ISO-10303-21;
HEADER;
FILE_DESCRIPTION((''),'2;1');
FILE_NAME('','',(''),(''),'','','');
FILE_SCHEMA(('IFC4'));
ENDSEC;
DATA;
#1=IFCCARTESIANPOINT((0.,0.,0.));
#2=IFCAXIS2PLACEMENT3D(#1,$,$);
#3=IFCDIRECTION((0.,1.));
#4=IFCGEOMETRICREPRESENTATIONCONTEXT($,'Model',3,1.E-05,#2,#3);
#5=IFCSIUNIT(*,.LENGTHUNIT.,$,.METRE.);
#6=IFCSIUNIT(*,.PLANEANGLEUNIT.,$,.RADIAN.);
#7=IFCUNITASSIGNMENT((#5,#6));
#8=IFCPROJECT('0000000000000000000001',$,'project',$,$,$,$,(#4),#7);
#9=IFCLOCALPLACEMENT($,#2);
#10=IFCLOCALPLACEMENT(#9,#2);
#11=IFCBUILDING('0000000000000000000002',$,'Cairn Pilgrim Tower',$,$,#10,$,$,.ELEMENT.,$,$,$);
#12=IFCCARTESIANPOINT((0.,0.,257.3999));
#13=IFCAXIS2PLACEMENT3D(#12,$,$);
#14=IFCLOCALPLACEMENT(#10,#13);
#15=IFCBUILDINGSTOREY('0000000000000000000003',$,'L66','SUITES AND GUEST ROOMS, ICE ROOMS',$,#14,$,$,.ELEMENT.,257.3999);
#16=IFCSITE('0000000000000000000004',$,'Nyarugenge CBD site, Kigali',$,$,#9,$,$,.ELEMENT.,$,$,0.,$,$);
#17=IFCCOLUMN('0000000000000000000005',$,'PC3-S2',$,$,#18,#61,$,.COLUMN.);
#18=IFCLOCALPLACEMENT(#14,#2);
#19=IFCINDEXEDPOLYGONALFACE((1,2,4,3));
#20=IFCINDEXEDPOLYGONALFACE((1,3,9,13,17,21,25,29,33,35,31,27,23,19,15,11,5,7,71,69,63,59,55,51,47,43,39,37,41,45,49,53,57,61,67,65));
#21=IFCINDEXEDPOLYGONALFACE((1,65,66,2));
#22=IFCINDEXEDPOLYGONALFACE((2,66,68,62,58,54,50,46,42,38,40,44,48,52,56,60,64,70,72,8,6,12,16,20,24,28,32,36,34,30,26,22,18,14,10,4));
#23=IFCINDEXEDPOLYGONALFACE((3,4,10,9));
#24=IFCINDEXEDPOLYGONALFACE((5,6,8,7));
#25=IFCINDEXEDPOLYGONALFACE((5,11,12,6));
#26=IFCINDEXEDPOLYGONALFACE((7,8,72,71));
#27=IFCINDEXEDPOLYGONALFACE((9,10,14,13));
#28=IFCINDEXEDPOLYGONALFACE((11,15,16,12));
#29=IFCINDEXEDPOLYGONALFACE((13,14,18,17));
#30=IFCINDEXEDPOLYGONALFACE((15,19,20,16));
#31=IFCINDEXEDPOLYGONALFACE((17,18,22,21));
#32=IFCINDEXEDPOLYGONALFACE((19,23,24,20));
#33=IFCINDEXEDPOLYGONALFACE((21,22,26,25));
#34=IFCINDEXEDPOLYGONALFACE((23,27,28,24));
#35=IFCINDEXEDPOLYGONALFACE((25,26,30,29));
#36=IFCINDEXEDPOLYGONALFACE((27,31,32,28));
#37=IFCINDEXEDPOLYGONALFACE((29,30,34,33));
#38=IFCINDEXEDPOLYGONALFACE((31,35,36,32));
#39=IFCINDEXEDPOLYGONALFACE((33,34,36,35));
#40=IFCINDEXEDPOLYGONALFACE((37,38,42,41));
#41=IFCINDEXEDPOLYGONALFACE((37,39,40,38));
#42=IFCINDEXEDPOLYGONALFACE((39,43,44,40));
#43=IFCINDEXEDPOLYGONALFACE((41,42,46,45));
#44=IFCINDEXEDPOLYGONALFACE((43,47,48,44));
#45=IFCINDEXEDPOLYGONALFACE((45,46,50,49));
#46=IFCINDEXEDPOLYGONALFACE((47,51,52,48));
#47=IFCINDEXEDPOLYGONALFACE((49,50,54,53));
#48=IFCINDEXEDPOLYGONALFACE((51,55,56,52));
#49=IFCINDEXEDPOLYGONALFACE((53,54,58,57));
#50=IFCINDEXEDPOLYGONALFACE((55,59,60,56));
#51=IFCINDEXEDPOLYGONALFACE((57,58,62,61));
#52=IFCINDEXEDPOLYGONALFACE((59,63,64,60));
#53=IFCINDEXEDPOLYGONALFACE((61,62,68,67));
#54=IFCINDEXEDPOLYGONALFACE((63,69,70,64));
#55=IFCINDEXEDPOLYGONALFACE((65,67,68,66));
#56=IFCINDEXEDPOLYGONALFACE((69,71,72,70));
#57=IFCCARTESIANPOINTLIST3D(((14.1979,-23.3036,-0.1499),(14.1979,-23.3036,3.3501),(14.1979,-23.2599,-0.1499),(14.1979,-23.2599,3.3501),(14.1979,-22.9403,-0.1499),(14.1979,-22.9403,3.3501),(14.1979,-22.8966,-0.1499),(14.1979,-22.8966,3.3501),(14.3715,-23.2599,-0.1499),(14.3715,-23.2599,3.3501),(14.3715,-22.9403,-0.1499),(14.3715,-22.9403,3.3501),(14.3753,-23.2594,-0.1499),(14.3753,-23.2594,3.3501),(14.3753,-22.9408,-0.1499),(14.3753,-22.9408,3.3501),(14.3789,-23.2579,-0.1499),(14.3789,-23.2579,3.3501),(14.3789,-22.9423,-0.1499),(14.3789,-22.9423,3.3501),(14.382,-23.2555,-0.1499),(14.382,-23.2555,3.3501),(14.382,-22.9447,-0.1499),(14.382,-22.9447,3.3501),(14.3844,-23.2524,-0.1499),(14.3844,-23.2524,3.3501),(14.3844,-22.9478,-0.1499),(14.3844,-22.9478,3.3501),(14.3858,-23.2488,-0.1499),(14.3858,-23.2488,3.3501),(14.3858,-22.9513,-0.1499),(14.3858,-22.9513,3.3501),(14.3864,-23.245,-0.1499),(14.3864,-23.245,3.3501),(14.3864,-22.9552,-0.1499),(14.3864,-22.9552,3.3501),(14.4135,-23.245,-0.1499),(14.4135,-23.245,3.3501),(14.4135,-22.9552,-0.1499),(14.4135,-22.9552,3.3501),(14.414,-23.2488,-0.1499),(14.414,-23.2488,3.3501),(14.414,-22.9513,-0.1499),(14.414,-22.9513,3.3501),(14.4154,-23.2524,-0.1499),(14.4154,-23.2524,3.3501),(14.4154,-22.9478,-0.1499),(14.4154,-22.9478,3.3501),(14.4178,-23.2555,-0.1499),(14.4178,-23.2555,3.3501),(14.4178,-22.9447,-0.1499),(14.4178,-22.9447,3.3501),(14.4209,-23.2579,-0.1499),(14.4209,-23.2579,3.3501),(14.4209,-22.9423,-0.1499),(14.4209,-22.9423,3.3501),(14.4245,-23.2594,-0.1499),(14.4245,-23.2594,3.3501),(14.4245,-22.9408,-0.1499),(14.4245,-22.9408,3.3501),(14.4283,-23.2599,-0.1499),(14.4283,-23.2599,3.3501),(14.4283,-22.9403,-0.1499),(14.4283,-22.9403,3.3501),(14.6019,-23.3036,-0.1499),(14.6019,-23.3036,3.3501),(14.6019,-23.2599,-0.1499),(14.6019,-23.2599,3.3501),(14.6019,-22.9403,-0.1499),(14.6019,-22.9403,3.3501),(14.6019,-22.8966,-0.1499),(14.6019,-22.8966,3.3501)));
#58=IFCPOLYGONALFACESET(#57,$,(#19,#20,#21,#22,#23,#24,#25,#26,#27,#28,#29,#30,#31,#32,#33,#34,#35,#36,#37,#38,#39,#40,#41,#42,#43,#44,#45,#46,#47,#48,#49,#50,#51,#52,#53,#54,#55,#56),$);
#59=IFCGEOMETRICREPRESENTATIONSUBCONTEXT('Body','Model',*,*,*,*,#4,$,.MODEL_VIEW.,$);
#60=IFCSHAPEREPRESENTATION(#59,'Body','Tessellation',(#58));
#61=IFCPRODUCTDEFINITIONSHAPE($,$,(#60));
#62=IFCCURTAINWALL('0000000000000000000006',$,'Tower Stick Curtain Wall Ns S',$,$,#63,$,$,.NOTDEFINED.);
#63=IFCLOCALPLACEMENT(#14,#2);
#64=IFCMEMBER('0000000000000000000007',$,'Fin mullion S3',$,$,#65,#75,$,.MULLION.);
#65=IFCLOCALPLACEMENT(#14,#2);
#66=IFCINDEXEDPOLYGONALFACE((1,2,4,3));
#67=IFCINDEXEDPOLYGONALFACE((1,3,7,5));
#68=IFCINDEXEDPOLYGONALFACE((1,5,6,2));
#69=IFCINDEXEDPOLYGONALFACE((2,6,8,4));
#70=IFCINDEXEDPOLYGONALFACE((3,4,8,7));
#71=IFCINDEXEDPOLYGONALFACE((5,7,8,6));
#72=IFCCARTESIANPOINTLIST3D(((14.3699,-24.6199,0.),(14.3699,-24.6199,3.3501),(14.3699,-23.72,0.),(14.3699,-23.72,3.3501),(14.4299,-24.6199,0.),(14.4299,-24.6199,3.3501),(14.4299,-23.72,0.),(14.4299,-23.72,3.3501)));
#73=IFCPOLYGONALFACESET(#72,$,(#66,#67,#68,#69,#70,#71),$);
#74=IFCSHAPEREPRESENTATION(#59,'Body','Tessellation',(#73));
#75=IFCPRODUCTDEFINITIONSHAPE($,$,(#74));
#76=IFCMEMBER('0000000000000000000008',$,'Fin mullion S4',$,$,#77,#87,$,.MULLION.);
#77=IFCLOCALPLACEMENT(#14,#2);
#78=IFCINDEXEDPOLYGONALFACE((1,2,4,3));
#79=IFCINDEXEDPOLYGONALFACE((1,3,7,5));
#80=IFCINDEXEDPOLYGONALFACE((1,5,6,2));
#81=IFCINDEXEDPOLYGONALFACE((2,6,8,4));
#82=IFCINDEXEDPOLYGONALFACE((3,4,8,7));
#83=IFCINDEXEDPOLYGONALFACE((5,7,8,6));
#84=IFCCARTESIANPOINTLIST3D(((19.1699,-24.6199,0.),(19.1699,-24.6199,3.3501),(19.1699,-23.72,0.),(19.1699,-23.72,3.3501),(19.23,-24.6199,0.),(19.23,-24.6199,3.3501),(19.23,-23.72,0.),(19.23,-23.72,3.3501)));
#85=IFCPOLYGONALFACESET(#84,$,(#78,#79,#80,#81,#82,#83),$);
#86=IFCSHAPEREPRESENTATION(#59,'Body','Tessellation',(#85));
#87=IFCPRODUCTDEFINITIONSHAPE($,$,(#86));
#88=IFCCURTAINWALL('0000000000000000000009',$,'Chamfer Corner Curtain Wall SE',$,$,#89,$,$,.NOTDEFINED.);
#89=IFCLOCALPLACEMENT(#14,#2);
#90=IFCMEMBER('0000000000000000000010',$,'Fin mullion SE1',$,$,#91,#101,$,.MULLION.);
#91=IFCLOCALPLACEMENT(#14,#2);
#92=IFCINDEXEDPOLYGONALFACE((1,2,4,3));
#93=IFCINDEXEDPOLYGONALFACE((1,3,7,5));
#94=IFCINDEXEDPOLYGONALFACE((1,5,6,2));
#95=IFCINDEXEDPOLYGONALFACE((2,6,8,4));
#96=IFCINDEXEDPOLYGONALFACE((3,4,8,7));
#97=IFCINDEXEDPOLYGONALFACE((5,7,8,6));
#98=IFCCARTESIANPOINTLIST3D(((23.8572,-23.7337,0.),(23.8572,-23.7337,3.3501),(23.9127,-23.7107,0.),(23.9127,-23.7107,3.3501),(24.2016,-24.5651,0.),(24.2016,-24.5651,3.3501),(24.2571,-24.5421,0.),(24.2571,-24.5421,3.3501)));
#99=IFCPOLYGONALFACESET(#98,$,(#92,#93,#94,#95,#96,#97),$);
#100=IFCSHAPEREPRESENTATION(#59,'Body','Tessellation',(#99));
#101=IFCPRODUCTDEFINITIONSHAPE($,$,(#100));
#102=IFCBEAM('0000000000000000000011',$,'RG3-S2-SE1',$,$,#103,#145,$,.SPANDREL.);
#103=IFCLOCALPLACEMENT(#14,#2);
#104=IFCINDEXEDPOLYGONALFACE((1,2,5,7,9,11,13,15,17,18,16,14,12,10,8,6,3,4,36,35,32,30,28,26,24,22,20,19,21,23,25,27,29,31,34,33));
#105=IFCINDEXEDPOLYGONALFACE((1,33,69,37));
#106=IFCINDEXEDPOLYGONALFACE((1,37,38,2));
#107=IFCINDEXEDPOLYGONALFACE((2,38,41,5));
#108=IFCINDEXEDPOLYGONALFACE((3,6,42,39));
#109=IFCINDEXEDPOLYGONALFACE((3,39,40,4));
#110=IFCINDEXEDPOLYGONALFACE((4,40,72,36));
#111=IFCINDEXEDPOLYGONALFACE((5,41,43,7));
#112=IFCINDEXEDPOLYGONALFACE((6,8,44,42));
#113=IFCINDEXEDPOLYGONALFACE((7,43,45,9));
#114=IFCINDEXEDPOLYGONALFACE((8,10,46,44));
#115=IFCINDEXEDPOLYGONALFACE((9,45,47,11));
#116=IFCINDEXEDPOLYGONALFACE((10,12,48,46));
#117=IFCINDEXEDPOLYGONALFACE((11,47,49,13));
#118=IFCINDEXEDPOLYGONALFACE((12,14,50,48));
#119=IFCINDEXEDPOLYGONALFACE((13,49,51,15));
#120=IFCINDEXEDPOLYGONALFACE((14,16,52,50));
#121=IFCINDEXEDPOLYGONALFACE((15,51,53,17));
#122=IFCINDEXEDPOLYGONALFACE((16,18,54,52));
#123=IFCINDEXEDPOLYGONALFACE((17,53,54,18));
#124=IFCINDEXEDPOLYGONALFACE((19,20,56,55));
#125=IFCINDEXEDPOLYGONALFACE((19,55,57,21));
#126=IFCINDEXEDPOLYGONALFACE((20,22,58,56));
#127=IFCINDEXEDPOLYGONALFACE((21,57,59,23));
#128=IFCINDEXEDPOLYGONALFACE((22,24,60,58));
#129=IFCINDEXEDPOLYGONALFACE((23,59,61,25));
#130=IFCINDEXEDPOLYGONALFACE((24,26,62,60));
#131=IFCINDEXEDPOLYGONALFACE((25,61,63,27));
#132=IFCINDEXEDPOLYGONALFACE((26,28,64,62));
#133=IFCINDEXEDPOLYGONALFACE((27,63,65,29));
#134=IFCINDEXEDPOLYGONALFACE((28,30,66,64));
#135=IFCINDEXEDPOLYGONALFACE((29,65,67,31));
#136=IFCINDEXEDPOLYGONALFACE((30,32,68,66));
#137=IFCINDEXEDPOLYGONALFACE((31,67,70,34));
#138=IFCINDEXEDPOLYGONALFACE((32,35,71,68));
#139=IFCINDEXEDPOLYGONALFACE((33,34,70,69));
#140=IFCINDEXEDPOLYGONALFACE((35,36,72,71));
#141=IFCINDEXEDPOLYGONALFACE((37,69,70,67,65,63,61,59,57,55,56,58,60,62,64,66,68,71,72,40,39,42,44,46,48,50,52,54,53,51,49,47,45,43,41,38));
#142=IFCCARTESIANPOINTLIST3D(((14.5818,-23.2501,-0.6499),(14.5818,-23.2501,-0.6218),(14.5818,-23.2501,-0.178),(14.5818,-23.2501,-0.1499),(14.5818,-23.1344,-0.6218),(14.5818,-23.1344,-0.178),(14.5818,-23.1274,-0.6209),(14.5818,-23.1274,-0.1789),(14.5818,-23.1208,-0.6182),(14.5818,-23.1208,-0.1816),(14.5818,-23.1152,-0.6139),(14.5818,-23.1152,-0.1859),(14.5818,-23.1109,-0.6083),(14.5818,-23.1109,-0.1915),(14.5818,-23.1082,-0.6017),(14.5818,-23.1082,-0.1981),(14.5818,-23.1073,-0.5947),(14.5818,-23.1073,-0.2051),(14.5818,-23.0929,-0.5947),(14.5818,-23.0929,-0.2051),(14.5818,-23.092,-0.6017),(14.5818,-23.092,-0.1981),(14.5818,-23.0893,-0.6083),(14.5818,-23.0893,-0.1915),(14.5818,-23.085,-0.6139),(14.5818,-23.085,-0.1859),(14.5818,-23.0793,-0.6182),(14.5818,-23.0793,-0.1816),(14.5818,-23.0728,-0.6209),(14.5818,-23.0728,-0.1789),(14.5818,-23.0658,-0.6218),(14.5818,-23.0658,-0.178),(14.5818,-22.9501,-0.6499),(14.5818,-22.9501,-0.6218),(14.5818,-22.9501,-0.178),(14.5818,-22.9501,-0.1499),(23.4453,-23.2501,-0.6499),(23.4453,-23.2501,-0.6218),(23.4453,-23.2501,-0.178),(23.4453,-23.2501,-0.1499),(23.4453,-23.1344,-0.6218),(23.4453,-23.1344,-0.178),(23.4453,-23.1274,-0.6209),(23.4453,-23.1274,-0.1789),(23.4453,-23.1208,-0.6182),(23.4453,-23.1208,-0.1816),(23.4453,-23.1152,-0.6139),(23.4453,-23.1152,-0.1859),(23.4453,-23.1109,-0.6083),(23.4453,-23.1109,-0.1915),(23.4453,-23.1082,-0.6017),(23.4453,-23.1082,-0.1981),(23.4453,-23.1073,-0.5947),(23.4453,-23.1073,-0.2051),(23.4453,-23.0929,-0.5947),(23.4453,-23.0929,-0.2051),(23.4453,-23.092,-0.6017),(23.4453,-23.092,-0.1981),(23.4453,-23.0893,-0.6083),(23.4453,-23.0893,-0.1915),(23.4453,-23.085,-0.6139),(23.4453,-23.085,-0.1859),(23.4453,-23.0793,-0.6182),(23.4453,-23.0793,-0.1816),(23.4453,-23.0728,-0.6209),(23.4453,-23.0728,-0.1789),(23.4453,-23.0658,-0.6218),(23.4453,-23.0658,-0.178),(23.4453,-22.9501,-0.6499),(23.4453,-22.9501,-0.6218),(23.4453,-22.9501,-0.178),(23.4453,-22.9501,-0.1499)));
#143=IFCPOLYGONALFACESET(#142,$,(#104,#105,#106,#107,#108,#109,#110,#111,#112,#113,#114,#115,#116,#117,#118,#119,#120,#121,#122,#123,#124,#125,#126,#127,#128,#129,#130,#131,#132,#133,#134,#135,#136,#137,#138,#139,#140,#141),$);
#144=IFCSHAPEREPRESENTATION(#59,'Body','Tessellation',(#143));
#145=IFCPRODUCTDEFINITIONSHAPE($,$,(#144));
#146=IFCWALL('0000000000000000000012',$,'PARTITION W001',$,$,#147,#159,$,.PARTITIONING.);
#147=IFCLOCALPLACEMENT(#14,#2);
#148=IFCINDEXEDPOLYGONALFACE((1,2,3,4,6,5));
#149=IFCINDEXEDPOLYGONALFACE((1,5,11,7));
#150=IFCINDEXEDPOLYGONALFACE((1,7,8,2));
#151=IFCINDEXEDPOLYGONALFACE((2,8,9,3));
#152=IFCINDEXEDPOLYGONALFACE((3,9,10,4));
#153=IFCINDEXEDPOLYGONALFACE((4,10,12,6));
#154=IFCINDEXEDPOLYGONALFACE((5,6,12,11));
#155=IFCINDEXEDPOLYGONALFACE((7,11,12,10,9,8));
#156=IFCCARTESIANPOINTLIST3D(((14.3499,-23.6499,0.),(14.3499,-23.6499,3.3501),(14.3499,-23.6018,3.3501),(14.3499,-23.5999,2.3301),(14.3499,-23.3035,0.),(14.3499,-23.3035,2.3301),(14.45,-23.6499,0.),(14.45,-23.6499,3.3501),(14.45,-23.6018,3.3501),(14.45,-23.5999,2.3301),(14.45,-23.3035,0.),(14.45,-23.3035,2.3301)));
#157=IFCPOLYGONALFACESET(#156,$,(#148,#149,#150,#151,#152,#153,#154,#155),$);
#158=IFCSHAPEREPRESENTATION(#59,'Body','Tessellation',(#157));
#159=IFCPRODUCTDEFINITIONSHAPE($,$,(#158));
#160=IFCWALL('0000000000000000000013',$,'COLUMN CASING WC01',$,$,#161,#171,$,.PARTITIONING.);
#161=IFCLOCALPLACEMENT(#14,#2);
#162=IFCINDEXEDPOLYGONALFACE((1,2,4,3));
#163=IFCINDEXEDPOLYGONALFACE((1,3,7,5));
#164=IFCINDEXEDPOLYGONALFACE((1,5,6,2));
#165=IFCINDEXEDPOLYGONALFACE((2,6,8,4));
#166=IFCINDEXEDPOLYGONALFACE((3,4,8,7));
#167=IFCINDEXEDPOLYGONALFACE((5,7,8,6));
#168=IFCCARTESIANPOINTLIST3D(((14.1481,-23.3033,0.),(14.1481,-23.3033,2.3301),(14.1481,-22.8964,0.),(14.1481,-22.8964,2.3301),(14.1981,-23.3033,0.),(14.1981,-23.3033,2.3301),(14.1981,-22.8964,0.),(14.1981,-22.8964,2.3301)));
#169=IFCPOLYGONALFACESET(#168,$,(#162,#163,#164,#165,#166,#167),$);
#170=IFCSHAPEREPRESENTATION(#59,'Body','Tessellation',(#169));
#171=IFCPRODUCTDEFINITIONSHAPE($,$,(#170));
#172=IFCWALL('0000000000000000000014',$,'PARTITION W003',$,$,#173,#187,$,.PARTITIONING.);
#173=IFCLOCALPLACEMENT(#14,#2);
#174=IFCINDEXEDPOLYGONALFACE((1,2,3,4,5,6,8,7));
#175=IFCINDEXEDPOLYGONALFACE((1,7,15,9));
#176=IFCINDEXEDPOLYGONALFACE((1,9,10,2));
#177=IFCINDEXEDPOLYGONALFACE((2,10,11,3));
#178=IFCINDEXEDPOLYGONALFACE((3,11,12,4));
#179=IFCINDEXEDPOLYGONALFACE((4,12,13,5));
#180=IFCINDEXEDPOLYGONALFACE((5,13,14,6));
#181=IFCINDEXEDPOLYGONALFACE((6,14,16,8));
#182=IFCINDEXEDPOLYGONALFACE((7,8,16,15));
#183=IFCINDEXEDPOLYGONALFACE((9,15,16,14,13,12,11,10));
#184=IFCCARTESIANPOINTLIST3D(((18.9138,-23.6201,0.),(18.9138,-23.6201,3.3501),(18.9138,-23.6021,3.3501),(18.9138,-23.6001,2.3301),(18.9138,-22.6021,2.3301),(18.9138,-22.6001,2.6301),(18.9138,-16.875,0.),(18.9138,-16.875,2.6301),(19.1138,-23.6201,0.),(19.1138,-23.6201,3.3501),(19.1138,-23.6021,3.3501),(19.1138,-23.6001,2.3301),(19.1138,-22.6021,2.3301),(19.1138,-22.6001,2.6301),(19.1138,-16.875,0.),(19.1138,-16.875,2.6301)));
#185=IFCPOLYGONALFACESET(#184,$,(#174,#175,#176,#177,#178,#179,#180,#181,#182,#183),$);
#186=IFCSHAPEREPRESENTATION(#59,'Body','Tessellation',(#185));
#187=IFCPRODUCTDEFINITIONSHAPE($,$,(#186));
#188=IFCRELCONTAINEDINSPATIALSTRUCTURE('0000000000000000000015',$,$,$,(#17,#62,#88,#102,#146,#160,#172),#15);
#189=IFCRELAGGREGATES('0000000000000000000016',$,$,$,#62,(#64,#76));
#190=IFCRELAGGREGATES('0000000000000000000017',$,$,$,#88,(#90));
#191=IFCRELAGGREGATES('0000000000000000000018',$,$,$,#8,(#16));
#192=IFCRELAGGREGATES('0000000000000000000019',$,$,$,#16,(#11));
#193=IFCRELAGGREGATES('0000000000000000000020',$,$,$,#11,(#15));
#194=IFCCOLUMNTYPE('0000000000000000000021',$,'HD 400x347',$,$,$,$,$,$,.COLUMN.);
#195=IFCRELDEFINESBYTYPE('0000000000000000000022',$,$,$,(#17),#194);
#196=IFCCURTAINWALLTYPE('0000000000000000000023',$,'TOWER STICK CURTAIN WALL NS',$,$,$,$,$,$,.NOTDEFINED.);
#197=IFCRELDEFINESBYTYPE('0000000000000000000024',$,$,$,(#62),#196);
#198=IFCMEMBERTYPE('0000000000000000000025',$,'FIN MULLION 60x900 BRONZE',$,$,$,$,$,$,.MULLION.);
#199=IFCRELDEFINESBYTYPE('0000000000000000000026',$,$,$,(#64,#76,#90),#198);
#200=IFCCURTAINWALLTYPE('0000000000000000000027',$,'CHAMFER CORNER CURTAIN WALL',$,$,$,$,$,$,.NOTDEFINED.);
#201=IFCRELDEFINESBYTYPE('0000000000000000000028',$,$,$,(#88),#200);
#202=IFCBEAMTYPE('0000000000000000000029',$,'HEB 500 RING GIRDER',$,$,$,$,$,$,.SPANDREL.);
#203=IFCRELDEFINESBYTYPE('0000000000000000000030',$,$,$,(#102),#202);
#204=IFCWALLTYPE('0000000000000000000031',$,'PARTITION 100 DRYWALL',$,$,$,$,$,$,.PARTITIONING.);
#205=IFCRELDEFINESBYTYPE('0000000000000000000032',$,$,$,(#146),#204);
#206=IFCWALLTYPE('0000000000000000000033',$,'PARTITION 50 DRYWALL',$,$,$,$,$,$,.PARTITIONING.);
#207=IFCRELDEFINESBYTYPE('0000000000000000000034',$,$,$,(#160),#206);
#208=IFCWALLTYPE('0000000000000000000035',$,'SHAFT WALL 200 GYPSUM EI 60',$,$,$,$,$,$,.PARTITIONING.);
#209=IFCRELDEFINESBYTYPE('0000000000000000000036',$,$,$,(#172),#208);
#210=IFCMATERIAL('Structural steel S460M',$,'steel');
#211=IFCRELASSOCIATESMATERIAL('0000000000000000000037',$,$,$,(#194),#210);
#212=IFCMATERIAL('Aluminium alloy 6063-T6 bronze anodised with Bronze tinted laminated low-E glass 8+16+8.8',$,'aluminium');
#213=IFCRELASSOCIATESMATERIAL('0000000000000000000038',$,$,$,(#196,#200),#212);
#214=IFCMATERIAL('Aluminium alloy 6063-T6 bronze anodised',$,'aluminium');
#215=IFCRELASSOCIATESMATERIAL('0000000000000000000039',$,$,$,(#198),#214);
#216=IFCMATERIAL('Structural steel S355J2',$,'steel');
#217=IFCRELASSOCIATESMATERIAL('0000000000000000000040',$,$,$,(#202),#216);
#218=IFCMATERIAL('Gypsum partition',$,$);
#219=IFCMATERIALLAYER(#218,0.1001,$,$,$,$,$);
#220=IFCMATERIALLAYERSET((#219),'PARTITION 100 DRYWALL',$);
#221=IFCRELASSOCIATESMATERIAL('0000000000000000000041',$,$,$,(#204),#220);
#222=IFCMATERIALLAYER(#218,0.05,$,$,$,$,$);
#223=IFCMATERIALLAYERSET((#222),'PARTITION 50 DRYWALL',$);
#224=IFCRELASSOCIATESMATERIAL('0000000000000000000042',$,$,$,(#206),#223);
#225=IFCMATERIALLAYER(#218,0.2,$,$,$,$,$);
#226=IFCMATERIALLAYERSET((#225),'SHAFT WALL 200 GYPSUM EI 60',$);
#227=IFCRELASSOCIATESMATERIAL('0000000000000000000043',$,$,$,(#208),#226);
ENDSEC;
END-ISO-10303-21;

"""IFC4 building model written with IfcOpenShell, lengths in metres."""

from ifc_helpers import new_model, si_unit, direction, frame, frame_2d, origin, origin_2d, place, context, subcontext, project, spatial, polyline, rectangle, i_section, outline, extrude, material, layer, layer_set, material_profile, profile_set, type_object, element, aggregate, save


model = new_model("IFC4")

# Units and contexts
model_context = context("Model", 3, precision=1e-05, world=origin(), true_north=direction((0.0, 1.0)))
body_context = subcontext(model_context, "Body", "Model", "MODEL_VIEW")
ifc_project = project(units=[si_unit("LENGTHUNIT", "METRE"), si_unit("PLANEANGLEUNIT", "RADIAN")], contexts=[model_context])

# Site, building, storey
site_placement = place(None, origin())
site = spatial("IfcSite", under=ifc_project, at=site_placement, Name="Nyarugenge CBD site, Kigali", CompositionType="ELEMENT", RefElevation=0.0)
building_placement = place(site_placement, origin())
building = spatial("IfcBuilding", under=site, at=building_placement, Name="Cairn Pilgrim Tower", CompositionType="ELEMENT")
storey_placement = place(building_placement, frame((0.0, 0.0, 257.3999)))
storey = spatial("IfcBuildingStorey", under=building, at=storey_placement, Name="L66", Description="SUITES AND GUEST ROOMS, ICE ROOMS", CompositionType="ELEMENT", Elevation=257.3999)

# Column
ifc_material_1 = material(Name="Structural steel S460M", Category="steel")
ifc_material_profile_1 = material_profile(ifc_material_1, i_section(OverallWidth=0.4041, OverallDepth=0.407, WebThickness=0.0271, FlangeThickness=0.0437, FilletRadius=0.0149, at=origin_2d()), Name="HD 400x347")
ifc_profile_set_1 = profile_set([ifc_material_profile_1], Name="Structural steel S460M")
column_type = type_object("IfcColumnType", Name="HD 400x347", PredefinedType="COLUMN", material=ifc_profile_set_1)
column_placement = place(storey_placement, frame((14.3999, -23.1001, -0.1499), z_axis=(0.0, 0.0, 1.0), x_axis=(1.0, 0.0, 0.0)))
element("IfcColumn", 1, at=column_placement, inside=storey, type_object=column_type, Name="PC3-S2", PredefinedType="COLUMN", context=body_context, shape_type="SweptSolid", body=[
    extrude(i_section(OverallWidth=0.4041, OverallDepth=0.407, WebThickness=0.0271, FlangeThickness=0.0437, FilletRadius=0.0149, at=origin_2d()), origin(), (0.0, 0.0, 1.0), 3.5),
])

# Curtain wall, members
ifc_material_2 = material(Name="Aluminium alloy 6063-T6 bronze anodised with Bronze tinted laminated low-E glass 8+16+8.8", Category="aluminium")
curtain_wall_type_1 = type_object("IfcCurtainWallType", Name="TOWER STICK CURTAIN WALL NS", PredefinedType="NOTDEFINED", material=ifc_material_2)
curtain_wall_1_placement = place(storey_placement, origin())
curtain_wall_1 = element("IfcCurtainWall", 2, at=curtain_wall_1_placement, inside=storey, type_object=curtain_wall_type_1, Name="Tower Stick Curtain Wall Ns S", PredefinedType="NOTDEFINED")
ifc_material_3 = material(Name="Aluminium alloy 6063-T6 bronze anodised", Category="aluminium")
ifc_material_profile_2 = material_profile(ifc_material_3, rectangle(XDim=0.8999, YDim=0.0601, at=origin_2d()), Name="FIN MULLION 60x900 BRONZE")
ifc_profile_set_2 = profile_set([ifc_material_profile_2], Name="Aluminium alloy 6063-T6 bronze anodised")
member_type = type_object("IfcMemberType", Name="FIN MULLION 60x900 BRONZE", PredefinedType="MULLION", material=ifc_profile_set_2)
member_1_placement = place(storey_placement, frame((14.3999, -24.1699, 0.0), z_axis=(0.0, 0.0, 1.0), x_axis=(0.0, -1.0, 0.0)))
member_1 = element("IfcMember", 3, at=member_1_placement, type_object=member_type, Name="Fin mullion S3", PredefinedType="MULLION", context=body_context, shape_type="SweptSolid", body=[
    extrude(rectangle(XDim=0.8999, YDim=0.0601, at=origin_2d()), origin(), (0.0, 0.0, 1.0), 3.3501),
])
member_2_placement = place(storey_placement, frame((19.2, -24.1699, 0.0), z_axis=(0.0, 0.0, 1.0), x_axis=(0.0, -1.0, 0.0)))
member_2 = element("IfcMember", 4, at=member_2_placement, type_object=member_type, Name="Fin mullion S4", PredefinedType="MULLION", context=body_context, shape_type="SweptSolid", body=[
    extrude(rectangle(XDim=0.8999, YDim=0.0601, at=origin_2d()), origin(), (0.0, 0.0, 1.0), 3.3501),
])
aggregate(curtain_wall_1, [member_1, member_2])

# Curtain wall, member
curtain_wall_type_2 = type_object("IfcCurtainWallType", Name="CHAMFER CORNER CURTAIN WALL", PredefinedType="NOTDEFINED", material=ifc_material_2)
curtain_wall_2_placement = place(storey_placement, origin())
curtain_wall_2 = element("IfcCurtainWall", 5, at=curtain_wall_2_placement, inside=storey, type_object=curtain_wall_type_2, Name="Chamfer Corner Curtain Wall SE", PredefinedType="NOTDEFINED")
member_3_placement = place(storey_placement, frame((24.0571, -24.1379, 0.0), z_axis=(0.0, 0.0, 1.0), x_axis=(0.382683, -0.92388, 0.0)))
member_3 = element("IfcMember", 6, at=member_3_placement, type_object=member_type, Name="Fin mullion SE1", PredefinedType="MULLION", context=body_context, shape_type="SweptSolid", body=[
    extrude(rectangle(XDim=0.8999, YDim=0.0601, at=origin_2d()), origin(), (0.0, 0.0, 1.0), 3.3501),
])
aggregate(curtain_wall_2, [member_3])

# Beam
ifc_material_4 = material(Name="Structural steel S355J2", Category="steel")
ifc_material_profile_3 = material_profile(ifc_material_4, i_section(OverallWidth=0.3, OverallDepth=0.5, WebThickness=0.0144, FlangeThickness=0.0281, FilletRadius=0.0271, at=origin_2d()), Name="HEB 500")
ifc_profile_set_3 = profile_set([ifc_material_profile_3], Name="Structural steel S355J2")
beam_type = type_object("IfcBeamType", Name="HEB 500 RING GIRDER", PredefinedType="SPANDREL", material=ifc_profile_set_3)
beam_placement = place(storey_placement, frame((14.5818, -23.1001, -0.3999), z_axis=(1.0, 0.0, 0.0), x_axis=(0.0, 1.0, 0.0)))
element("IfcBeam", 7, at=beam_placement, inside=storey, type_object=beam_type, Name="RG3-S2-SE1", PredefinedType="SPANDREL", context=body_context, shape_type="SweptSolid", body=[
    extrude(i_section(OverallWidth=0.3, OverallDepth=0.5, WebThickness=0.0144, FlangeThickness=0.0281, FilletRadius=0.0271, at=origin_2d()), origin(), (0.0, 0.0, 1.0), 8.8635),
])

# Walls
ifc_material_5 = material(Name="Gypsum partition")
ifc_layer_1 = layer(ifc_material_5, 0.1001)
ifc_layer_set_1 = layer_set([ifc_layer_1], Name="PARTITION 100 DRYWALL")
wall_type_1 = type_object("IfcWallType", Name="PARTITION 100 DRYWALL", PredefinedType="PARTITIONING", material=ifc_layer_set_1)
wall_1_placement = place(storey_placement, frame((14.3999, -23.6499, 0.0), z_axis=(0.0, 0.0, 1.0), x_axis=(0.0, 1.0, 0.0)))
element("IfcWall", 8, at=wall_1_placement, inside=storey, type_object=wall_type_1, Name="PARTITION W001", PredefinedType="PARTITIONING", context=body_context, shape_type="SweptSolid", body=[
    extrude(outline(polyline([(0.0, 0.0), (0.3464, 0.0), (0.3464, 2.3301), (0.05, 2.3301), (0.0481, 3.3501), (0.0, 3.3501), (0.0, 0.0)])), frame((0.0, 0.05, 0.0), z_axis=(0.0, -1.0, 0.0), x_axis=(1.0, 0.0, 0.0)), (0.0, 0.0, 1.0), 0.1001),
])
ifc_layer_2 = layer(ifc_material_5, 0.05)
ifc_layer_set_2 = layer_set([ifc_layer_2], Name="PARTITION 50 DRYWALL")
wall_type_2 = type_object("IfcWallType", Name="PARTITION 50 DRYWALL", PredefinedType="PARTITIONING", material=ifc_layer_set_2)
wall_2_placement = place(storey_placement, frame((14.1731, -23.3035, 0.0), z_axis=(0.0, 0.0, 1.0), x_axis=(0.0, 1.0, 0.0)))
element("IfcWall", 9, at=wall_2_placement, inside=storey, type_object=wall_type_2, Name="COLUMN CASING WC01", PredefinedType="PARTITIONING", context=body_context, shape_type="SweptSolid", body=[
    extrude(rectangle(XDim=0.407, YDim=0.05, at=frame_2d((0.2036, 0.0))), origin(), (0.0, 0.0, 1.0), 2.3301),
])
ifc_layer_3 = layer(ifc_material_5, 0.2)
ifc_layer_set_3 = layer_set([ifc_layer_3], Name="SHAFT WALL 200 GYPSUM EI 60")
wall_type_3 = type_object("IfcWallType", Name="SHAFT WALL 200 GYPSUM EI 60", PredefinedType="PARTITIONING", material=ifc_layer_set_3)
wall_3_placement = place(storey_placement, frame((19.0139, -23.6201, 0.0), z_axis=(0.0, 0.0, 1.0), x_axis=(0.0, 1.0, 0.0)))
element("IfcWall", 10, at=wall_3_placement, inside=storey, type_object=wall_type_3, Name="PARTITION W003", PredefinedType="PARTITIONING", context=body_context, shape_type="SweptSolid", body=[
    extrude(outline(polyline([(0.0, 0.0), (6.7451, 0.0), (6.7451, 2.6301), (1.02, 2.6301), (1.0181, 2.3301), (0.02, 2.3301), (0.0181, 3.3501), (0.0, 3.3501), (0.0, 0.0)])), frame((0.0, 0.1001, 0.0), z_axis=(0.0, -1.0, 0.0), x_axis=(1.0, 0.0, 0.0)), (0.0, 0.0, 1.0), 0.2),
])

save(model, "model.ifc")
